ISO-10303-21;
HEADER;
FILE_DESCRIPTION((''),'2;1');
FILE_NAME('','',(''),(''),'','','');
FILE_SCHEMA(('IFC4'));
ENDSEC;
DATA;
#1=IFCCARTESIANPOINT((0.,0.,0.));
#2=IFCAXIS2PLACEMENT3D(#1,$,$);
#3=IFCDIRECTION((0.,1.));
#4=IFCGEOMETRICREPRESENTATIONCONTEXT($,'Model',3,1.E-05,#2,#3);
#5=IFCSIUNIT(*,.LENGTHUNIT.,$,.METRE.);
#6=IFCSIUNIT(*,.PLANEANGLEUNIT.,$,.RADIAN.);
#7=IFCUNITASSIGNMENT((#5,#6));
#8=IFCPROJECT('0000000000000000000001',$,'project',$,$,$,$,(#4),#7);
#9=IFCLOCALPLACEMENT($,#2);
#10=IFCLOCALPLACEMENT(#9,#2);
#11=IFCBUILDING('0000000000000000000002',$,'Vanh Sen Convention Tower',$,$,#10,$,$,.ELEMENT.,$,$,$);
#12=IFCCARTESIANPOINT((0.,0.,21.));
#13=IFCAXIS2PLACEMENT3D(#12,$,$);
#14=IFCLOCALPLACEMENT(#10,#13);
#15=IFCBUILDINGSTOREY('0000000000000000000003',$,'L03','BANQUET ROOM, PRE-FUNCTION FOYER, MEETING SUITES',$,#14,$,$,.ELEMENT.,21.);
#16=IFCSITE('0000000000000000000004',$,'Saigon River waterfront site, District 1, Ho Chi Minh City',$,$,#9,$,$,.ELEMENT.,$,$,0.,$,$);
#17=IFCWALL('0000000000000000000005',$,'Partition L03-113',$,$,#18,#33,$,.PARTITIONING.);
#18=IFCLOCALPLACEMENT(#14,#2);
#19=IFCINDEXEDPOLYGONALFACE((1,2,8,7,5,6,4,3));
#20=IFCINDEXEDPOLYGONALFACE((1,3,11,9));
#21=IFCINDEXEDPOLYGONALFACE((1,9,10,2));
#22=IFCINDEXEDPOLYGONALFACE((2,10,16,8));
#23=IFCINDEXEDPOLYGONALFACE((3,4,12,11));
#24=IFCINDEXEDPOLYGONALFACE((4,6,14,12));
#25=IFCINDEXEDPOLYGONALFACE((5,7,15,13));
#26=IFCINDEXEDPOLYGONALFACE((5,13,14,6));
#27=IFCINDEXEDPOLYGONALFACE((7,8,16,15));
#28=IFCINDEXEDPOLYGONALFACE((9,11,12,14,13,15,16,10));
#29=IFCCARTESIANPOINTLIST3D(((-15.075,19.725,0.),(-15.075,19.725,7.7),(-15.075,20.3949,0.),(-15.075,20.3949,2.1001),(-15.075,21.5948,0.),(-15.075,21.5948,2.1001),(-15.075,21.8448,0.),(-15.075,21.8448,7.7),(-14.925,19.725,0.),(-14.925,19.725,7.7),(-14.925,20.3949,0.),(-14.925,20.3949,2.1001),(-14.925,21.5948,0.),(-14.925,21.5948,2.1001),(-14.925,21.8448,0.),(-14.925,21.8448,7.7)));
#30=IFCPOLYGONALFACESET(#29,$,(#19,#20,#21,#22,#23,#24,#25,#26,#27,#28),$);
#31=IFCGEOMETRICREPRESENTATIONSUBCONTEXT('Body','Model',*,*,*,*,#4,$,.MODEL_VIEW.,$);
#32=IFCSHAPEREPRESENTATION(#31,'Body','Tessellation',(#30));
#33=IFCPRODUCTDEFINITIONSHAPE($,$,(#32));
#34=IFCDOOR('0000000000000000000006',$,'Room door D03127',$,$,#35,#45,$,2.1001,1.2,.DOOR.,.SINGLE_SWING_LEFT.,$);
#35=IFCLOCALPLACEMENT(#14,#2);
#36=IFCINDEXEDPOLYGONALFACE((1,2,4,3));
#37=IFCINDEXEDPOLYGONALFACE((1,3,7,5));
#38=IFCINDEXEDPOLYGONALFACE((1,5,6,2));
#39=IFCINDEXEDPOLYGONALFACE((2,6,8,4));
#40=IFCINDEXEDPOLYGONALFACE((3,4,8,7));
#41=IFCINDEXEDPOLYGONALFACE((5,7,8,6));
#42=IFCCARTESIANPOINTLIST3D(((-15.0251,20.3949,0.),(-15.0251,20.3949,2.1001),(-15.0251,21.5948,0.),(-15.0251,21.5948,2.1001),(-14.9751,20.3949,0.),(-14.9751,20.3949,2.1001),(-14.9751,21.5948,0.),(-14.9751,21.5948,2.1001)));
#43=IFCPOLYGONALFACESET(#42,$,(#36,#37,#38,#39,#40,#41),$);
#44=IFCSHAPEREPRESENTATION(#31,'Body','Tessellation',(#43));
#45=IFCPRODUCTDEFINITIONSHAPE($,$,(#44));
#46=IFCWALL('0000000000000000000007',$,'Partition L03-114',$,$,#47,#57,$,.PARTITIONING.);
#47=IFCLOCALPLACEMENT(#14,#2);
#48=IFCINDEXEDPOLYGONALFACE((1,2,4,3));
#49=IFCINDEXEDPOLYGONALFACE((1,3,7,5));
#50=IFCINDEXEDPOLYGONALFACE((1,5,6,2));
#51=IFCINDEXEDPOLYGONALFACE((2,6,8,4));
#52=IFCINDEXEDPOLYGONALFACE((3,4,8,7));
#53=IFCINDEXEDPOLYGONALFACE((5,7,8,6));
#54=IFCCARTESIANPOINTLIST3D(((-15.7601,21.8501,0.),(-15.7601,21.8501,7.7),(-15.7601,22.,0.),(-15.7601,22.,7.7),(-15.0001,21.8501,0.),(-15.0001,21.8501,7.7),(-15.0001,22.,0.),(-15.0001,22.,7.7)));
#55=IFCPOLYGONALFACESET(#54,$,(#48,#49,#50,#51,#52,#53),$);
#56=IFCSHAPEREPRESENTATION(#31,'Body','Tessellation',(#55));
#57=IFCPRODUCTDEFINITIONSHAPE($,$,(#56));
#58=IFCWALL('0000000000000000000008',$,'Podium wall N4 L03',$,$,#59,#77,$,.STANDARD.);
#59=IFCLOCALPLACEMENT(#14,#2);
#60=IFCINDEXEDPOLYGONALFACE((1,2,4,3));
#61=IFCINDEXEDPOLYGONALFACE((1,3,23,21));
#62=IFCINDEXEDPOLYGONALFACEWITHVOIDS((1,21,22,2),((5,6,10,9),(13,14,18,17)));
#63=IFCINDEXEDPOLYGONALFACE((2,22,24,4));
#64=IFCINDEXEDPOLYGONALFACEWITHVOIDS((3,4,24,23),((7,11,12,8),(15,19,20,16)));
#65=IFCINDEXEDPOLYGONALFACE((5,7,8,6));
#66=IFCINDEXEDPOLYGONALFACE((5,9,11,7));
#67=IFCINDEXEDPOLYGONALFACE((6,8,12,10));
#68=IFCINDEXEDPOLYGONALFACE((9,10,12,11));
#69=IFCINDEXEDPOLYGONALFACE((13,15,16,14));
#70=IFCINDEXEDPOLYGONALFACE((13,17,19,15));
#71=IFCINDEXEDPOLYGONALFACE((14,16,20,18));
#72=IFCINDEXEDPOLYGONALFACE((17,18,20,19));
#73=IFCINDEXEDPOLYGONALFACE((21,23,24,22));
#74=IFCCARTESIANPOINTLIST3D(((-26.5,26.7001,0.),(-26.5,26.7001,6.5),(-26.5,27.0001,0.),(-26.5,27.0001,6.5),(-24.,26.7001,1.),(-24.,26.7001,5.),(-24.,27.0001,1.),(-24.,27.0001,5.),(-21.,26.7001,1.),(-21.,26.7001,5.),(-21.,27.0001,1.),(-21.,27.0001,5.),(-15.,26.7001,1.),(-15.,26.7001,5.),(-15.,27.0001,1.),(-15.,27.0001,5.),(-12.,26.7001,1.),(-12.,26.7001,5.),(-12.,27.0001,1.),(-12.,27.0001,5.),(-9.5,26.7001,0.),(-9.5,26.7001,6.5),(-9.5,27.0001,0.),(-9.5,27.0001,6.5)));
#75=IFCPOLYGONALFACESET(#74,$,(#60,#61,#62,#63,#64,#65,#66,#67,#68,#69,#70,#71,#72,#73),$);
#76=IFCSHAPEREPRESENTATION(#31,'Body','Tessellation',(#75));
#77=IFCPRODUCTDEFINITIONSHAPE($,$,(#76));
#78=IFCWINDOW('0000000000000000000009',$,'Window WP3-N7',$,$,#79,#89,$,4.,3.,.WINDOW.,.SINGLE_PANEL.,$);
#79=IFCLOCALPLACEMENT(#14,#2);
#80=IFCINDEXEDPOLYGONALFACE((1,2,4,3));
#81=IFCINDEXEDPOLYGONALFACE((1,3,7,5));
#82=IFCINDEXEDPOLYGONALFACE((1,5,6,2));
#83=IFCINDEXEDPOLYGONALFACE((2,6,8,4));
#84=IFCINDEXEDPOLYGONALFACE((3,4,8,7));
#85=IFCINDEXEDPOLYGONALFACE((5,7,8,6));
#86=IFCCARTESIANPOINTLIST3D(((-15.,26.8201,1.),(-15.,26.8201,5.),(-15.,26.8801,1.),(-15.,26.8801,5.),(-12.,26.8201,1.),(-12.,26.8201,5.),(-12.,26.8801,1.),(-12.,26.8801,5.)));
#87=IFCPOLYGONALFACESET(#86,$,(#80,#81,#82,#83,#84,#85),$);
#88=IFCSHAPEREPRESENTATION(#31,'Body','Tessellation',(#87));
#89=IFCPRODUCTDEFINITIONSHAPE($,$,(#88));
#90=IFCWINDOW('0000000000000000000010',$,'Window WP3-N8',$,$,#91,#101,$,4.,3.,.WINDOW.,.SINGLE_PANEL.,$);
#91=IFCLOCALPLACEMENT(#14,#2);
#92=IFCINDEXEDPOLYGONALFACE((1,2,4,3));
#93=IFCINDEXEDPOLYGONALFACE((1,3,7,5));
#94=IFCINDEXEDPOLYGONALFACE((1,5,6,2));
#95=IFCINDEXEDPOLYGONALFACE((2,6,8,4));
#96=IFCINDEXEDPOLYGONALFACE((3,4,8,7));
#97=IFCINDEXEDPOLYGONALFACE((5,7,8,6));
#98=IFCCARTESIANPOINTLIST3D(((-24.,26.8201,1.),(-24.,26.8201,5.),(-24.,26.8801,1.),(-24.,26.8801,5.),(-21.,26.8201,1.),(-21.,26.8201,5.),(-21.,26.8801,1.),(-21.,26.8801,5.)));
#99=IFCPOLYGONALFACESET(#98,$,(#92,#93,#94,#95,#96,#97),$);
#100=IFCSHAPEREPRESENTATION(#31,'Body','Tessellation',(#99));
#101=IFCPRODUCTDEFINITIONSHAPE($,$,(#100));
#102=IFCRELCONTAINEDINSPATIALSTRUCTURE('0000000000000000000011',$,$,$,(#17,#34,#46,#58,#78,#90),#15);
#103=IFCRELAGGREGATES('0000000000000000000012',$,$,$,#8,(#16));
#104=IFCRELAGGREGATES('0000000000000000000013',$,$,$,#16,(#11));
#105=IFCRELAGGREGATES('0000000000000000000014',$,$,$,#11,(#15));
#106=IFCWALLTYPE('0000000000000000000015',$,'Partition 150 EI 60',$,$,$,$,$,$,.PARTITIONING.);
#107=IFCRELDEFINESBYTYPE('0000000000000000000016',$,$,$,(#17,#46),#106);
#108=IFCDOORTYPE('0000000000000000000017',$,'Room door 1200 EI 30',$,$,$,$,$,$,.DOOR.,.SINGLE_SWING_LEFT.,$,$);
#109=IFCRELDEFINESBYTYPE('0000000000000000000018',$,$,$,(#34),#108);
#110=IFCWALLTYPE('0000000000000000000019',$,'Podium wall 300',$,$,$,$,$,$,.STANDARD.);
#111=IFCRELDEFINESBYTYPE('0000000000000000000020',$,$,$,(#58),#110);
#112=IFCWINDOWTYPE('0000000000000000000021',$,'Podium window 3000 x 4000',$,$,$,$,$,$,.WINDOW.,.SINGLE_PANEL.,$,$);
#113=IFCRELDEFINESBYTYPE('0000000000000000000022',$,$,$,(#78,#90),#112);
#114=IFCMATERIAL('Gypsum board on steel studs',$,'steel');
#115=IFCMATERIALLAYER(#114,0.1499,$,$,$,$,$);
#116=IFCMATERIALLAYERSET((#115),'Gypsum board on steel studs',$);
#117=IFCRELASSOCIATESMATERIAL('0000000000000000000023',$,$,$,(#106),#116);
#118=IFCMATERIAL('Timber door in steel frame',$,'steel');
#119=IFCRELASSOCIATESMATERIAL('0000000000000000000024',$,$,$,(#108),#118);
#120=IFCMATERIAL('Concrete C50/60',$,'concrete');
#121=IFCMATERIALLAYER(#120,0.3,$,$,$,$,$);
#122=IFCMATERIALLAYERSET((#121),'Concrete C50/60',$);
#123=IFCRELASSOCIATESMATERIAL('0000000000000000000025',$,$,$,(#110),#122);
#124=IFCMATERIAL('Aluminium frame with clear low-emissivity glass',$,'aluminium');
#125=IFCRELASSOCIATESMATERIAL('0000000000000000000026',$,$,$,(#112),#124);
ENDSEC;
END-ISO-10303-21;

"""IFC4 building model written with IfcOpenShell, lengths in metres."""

from ifc_helpers import new_model, si_unit, direction, frame, frame_2d, origin, place, context, subcontext, project, spatial, rectangle, extrude, material, layer, layer_set, type_object, element, fill, save


model = new_model("IFC4")

# Units and contexts
model_context = context("Model", 3, precision=1e-05, world=origin(), true_north=direction((0.0, 1.0)))
body_context = subcontext(model_context, "Body", "Model", "MODEL_VIEW")
ifc_project = project(units=[si_unit("LENGTHUNIT", "METRE"), si_unit("PLANEANGLEUNIT", "RADIAN")], contexts=[model_context])

# Site, building, storey
site_placement = place(None, origin())
site = spatial("IfcSite", under=ifc_project, at=site_placement, Name="Saigon River waterfront site, District 1, Ho Chi Minh City", CompositionType="ELEMENT", RefElevation=0.0)
building_placement = place(site_placement, origin())
building = spatial("IfcBuilding", under=site, at=building_placement, Name="Vanh Sen Convention Tower", CompositionType="ELEMENT")
storey_placement = place(building_placement, frame((0.0, 0.0, 21.0)))
storey = spatial("IfcBuildingStorey", under=building, at=storey_placement, Name="L03", Description="BANQUET ROOM, PRE-FUNCTION FOYER, MEETING SUITES", CompositionType="ELEMENT", Elevation=21.0)

# Shared definitions
ifc_material_1 = material(Name="Gypsum board on steel studs", Category="steel")
ifc_layer_1 = layer(ifc_material_1, 0.1499)
ifc_layer_set_1 = layer_set([ifc_layer_1], Name="Gypsum board on steel studs")
wall_type_1 = type_object("IfcWallType", Name="Partition 150 EI 60", PredefinedType="PARTITIONING", material=ifc_layer_set_1)

# Wall, opening, door
wall_1_placement = place(storey_placement, frame((-15.0, 21.845, 0.0), z_axis=(0.0, 0.0, 1.0), x_axis=(0.0, -1.0, 0.0)))
wall_1 = element("IfcWall", 1, at=wall_1_placement, inside=storey, type_object=wall_type_1, Name="Partition L03-113", PredefinedType="PARTITIONING", context=body_context, shape_type="SweptSolid", body=[
    extrude(rectangle(XDim=2.1199, YDim=0.1499, at=frame_2d((1.0601, 0.0))), origin(), (0.0, 0.0, 1.0), 7.7),
])
opening_1_placement = place(wall_1_placement, frame((0.25, 0.0, 0.0)))
opening_1 = element("IfcOpeningElement", 2, at=opening_1_placement, cuts=wall_1, PredefinedType="OPENING", context=body_context, shape_type="SweptSolid", body=[
    extrude(rectangle(XDim=1.2, YDim=2.1001, at=frame_2d((0.6001, 1.05))), frame((0.0, 0.085, 0.0), z_axis=(0.0, -1.0, 0.0), x_axis=(1.0, 0.0, 0.0)), (0.0, 0.0, 1.0), 0.1699),
])
ifc_material_2 = material(Name="Timber door in steel frame", Category="steel")
door_type = type_object("IfcDoorType", Name="Room door 1200 EI 30", OperationType="SINGLE_SWING_LEFT", PredefinedType="DOOR", material=ifc_material_2)
door_placement = place(opening_1_placement, origin())
door = element("IfcDoor", 3, at=door_placement, inside=storey, type_object=door_type, Name="Room door D03127", OperationType="SINGLE_SWING_LEFT", OverallHeight=2.1001, OverallWidth=1.2, PredefinedType="DOOR", context=body_context, shape_type="SweptSolid", body=[
    extrude(rectangle(XDim=1.2, YDim=2.1001, at=frame_2d((0.6001, 1.05))), frame((0.0, 0.0249, 0.0), z_axis=(0.0, -1.0, 0.0), x_axis=(1.0, 0.0, 0.0)), (0.0, 0.0, 1.0), 0.05),
])
fill(opening_1, door)

# Wall
wall_2_placement = place(storey_placement, frame((-15.76, 21.925, 0.0), z_axis=(0.0, 0.0, 1.0), x_axis=(1.0, 0.0, 0.0)))
element("IfcWall", 4, at=wall_2_placement, inside=storey, type_object=wall_type_1, Name="Partition L03-114", PredefinedType="PARTITIONING", context=body_context, shape_type="SweptSolid", body=[
    extrude(rectangle(XDim=0.76, YDim=0.1499, at=frame_2d((0.3799, 0.0))), origin(), (0.0, 0.0, 1.0), 7.7),
])

# Wall, openings, windows
ifc_material_3 = material(Name="Concrete C50/60", Category="concrete")
ifc_layer_2 = layer(ifc_material_3, 0.3)
ifc_layer_set_2 = layer_set([ifc_layer_2], Name="Concrete C50/60")
wall_type_2 = type_object("IfcWallType", Name="Podium wall 300", PredefinedType="STANDARD", material=ifc_layer_set_2)
wall_3_placement = place(storey_placement, frame((-9.5, 26.8501, 0.0), z_axis=(0.0, 0.0, 1.0), x_axis=(-1.0, 0.0, 0.0)))
wall_3 = element("IfcWall", 5, at=wall_3_placement, inside=storey, type_object=wall_type_2, Name="Podium wall N4 L03", PredefinedType="STANDARD", context=body_context, shape_type="SweptSolid", body=[
    extrude(rectangle(XDim=17.0, YDim=0.3, at=frame_2d((8.5, 0.0))), origin(), (0.0, 0.0, 1.0), 6.5),
])
opening_2_placement = place(wall_3_placement, frame((2.5, 0.0, 1.0)))
opening_2 = element("IfcOpeningElement", 6, at=opening_2_placement, cuts=wall_3, PredefinedType="OPENING", context=body_context, shape_type="SweptSolid", body=[
    extrude(rectangle(XDim=3.0, YDim=4.0, at=frame_2d((1.5, 2.0))), frame((0.0, 0.1599, 0.0), z_axis=(0.0, -1.0, 0.0), x_axis=(1.0, 0.0, 0.0)), (0.0, 0.0, 1.0), 0.3201),
])
opening_3_placement = place(wall_3_placement, frame((11.5, 0.0, 1.0)))
opening_3 = element("IfcOpeningElement", 7, at=opening_3_placement, cuts=wall_3, PredefinedType="OPENING", context=body_context, shape_type="SweptSolid", body=[
    extrude(rectangle(XDim=3.0, YDim=4.0, at=frame_2d((1.5, 2.0))), frame((0.0, 0.1599, 0.0), z_axis=(0.0, -1.0, 0.0), x_axis=(1.0, 0.0, 0.0)), (0.0, 0.0, 1.0), 0.3201),
])
ifc_material_4 = material(Name="Aluminium frame with clear low-emissivity glass", Category="aluminium")
window_type = type_object("IfcWindowType", Name="Podium window 3000 x 4000", PartitioningType="SINGLE_PANEL", PredefinedType="WINDOW", material=ifc_material_4)
window_1_placement = place(opening_2_placement, origin())
window_1 = element("IfcWindow", 8, at=window_1_placement, inside=storey, type_object=window_type, Name="Window WP3-N7", OverallHeight=4.0, OverallWidth=3.0, PartitioningType="SINGLE_PANEL", PredefinedType="WINDOW", context=body_context, shape_type="SweptSolid", body=[
    extrude(rectangle(XDim=3.0, YDim=4.0, at=frame_2d((1.5, 2.0))), frame((0.0, 0.03, 0.0), z_axis=(0.0, -1.0, 0.0), x_axis=(1.0, 0.0, 0.0)), (0.0, 0.0, 1.0), 0.0601),
])
fill(opening_2, window_1)
window_2_placement = place(opening_3_placement, origin())
window_2 = element("IfcWindow", 9, at=window_2_placement, inside=storey, type_object=window_type, Name="Window WP3-N8", OverallHeight=4.0, OverallWidth=3.0, PartitioningType="SINGLE_PANEL", PredefinedType="WINDOW", context=body_context, shape_type="SweptSolid", body=[
    extrude(rectangle(XDim=3.0, YDim=4.0, at=frame_2d((1.5, 2.0))), frame((0.0, 0.03, 0.0), z_axis=(0.0, -1.0, 0.0), x_axis=(1.0, 0.0, 0.0)), (0.0, 0.0, 1.0), 0.0601),
])
fill(opening_3, window_2)

save(model, "model.ifc")
